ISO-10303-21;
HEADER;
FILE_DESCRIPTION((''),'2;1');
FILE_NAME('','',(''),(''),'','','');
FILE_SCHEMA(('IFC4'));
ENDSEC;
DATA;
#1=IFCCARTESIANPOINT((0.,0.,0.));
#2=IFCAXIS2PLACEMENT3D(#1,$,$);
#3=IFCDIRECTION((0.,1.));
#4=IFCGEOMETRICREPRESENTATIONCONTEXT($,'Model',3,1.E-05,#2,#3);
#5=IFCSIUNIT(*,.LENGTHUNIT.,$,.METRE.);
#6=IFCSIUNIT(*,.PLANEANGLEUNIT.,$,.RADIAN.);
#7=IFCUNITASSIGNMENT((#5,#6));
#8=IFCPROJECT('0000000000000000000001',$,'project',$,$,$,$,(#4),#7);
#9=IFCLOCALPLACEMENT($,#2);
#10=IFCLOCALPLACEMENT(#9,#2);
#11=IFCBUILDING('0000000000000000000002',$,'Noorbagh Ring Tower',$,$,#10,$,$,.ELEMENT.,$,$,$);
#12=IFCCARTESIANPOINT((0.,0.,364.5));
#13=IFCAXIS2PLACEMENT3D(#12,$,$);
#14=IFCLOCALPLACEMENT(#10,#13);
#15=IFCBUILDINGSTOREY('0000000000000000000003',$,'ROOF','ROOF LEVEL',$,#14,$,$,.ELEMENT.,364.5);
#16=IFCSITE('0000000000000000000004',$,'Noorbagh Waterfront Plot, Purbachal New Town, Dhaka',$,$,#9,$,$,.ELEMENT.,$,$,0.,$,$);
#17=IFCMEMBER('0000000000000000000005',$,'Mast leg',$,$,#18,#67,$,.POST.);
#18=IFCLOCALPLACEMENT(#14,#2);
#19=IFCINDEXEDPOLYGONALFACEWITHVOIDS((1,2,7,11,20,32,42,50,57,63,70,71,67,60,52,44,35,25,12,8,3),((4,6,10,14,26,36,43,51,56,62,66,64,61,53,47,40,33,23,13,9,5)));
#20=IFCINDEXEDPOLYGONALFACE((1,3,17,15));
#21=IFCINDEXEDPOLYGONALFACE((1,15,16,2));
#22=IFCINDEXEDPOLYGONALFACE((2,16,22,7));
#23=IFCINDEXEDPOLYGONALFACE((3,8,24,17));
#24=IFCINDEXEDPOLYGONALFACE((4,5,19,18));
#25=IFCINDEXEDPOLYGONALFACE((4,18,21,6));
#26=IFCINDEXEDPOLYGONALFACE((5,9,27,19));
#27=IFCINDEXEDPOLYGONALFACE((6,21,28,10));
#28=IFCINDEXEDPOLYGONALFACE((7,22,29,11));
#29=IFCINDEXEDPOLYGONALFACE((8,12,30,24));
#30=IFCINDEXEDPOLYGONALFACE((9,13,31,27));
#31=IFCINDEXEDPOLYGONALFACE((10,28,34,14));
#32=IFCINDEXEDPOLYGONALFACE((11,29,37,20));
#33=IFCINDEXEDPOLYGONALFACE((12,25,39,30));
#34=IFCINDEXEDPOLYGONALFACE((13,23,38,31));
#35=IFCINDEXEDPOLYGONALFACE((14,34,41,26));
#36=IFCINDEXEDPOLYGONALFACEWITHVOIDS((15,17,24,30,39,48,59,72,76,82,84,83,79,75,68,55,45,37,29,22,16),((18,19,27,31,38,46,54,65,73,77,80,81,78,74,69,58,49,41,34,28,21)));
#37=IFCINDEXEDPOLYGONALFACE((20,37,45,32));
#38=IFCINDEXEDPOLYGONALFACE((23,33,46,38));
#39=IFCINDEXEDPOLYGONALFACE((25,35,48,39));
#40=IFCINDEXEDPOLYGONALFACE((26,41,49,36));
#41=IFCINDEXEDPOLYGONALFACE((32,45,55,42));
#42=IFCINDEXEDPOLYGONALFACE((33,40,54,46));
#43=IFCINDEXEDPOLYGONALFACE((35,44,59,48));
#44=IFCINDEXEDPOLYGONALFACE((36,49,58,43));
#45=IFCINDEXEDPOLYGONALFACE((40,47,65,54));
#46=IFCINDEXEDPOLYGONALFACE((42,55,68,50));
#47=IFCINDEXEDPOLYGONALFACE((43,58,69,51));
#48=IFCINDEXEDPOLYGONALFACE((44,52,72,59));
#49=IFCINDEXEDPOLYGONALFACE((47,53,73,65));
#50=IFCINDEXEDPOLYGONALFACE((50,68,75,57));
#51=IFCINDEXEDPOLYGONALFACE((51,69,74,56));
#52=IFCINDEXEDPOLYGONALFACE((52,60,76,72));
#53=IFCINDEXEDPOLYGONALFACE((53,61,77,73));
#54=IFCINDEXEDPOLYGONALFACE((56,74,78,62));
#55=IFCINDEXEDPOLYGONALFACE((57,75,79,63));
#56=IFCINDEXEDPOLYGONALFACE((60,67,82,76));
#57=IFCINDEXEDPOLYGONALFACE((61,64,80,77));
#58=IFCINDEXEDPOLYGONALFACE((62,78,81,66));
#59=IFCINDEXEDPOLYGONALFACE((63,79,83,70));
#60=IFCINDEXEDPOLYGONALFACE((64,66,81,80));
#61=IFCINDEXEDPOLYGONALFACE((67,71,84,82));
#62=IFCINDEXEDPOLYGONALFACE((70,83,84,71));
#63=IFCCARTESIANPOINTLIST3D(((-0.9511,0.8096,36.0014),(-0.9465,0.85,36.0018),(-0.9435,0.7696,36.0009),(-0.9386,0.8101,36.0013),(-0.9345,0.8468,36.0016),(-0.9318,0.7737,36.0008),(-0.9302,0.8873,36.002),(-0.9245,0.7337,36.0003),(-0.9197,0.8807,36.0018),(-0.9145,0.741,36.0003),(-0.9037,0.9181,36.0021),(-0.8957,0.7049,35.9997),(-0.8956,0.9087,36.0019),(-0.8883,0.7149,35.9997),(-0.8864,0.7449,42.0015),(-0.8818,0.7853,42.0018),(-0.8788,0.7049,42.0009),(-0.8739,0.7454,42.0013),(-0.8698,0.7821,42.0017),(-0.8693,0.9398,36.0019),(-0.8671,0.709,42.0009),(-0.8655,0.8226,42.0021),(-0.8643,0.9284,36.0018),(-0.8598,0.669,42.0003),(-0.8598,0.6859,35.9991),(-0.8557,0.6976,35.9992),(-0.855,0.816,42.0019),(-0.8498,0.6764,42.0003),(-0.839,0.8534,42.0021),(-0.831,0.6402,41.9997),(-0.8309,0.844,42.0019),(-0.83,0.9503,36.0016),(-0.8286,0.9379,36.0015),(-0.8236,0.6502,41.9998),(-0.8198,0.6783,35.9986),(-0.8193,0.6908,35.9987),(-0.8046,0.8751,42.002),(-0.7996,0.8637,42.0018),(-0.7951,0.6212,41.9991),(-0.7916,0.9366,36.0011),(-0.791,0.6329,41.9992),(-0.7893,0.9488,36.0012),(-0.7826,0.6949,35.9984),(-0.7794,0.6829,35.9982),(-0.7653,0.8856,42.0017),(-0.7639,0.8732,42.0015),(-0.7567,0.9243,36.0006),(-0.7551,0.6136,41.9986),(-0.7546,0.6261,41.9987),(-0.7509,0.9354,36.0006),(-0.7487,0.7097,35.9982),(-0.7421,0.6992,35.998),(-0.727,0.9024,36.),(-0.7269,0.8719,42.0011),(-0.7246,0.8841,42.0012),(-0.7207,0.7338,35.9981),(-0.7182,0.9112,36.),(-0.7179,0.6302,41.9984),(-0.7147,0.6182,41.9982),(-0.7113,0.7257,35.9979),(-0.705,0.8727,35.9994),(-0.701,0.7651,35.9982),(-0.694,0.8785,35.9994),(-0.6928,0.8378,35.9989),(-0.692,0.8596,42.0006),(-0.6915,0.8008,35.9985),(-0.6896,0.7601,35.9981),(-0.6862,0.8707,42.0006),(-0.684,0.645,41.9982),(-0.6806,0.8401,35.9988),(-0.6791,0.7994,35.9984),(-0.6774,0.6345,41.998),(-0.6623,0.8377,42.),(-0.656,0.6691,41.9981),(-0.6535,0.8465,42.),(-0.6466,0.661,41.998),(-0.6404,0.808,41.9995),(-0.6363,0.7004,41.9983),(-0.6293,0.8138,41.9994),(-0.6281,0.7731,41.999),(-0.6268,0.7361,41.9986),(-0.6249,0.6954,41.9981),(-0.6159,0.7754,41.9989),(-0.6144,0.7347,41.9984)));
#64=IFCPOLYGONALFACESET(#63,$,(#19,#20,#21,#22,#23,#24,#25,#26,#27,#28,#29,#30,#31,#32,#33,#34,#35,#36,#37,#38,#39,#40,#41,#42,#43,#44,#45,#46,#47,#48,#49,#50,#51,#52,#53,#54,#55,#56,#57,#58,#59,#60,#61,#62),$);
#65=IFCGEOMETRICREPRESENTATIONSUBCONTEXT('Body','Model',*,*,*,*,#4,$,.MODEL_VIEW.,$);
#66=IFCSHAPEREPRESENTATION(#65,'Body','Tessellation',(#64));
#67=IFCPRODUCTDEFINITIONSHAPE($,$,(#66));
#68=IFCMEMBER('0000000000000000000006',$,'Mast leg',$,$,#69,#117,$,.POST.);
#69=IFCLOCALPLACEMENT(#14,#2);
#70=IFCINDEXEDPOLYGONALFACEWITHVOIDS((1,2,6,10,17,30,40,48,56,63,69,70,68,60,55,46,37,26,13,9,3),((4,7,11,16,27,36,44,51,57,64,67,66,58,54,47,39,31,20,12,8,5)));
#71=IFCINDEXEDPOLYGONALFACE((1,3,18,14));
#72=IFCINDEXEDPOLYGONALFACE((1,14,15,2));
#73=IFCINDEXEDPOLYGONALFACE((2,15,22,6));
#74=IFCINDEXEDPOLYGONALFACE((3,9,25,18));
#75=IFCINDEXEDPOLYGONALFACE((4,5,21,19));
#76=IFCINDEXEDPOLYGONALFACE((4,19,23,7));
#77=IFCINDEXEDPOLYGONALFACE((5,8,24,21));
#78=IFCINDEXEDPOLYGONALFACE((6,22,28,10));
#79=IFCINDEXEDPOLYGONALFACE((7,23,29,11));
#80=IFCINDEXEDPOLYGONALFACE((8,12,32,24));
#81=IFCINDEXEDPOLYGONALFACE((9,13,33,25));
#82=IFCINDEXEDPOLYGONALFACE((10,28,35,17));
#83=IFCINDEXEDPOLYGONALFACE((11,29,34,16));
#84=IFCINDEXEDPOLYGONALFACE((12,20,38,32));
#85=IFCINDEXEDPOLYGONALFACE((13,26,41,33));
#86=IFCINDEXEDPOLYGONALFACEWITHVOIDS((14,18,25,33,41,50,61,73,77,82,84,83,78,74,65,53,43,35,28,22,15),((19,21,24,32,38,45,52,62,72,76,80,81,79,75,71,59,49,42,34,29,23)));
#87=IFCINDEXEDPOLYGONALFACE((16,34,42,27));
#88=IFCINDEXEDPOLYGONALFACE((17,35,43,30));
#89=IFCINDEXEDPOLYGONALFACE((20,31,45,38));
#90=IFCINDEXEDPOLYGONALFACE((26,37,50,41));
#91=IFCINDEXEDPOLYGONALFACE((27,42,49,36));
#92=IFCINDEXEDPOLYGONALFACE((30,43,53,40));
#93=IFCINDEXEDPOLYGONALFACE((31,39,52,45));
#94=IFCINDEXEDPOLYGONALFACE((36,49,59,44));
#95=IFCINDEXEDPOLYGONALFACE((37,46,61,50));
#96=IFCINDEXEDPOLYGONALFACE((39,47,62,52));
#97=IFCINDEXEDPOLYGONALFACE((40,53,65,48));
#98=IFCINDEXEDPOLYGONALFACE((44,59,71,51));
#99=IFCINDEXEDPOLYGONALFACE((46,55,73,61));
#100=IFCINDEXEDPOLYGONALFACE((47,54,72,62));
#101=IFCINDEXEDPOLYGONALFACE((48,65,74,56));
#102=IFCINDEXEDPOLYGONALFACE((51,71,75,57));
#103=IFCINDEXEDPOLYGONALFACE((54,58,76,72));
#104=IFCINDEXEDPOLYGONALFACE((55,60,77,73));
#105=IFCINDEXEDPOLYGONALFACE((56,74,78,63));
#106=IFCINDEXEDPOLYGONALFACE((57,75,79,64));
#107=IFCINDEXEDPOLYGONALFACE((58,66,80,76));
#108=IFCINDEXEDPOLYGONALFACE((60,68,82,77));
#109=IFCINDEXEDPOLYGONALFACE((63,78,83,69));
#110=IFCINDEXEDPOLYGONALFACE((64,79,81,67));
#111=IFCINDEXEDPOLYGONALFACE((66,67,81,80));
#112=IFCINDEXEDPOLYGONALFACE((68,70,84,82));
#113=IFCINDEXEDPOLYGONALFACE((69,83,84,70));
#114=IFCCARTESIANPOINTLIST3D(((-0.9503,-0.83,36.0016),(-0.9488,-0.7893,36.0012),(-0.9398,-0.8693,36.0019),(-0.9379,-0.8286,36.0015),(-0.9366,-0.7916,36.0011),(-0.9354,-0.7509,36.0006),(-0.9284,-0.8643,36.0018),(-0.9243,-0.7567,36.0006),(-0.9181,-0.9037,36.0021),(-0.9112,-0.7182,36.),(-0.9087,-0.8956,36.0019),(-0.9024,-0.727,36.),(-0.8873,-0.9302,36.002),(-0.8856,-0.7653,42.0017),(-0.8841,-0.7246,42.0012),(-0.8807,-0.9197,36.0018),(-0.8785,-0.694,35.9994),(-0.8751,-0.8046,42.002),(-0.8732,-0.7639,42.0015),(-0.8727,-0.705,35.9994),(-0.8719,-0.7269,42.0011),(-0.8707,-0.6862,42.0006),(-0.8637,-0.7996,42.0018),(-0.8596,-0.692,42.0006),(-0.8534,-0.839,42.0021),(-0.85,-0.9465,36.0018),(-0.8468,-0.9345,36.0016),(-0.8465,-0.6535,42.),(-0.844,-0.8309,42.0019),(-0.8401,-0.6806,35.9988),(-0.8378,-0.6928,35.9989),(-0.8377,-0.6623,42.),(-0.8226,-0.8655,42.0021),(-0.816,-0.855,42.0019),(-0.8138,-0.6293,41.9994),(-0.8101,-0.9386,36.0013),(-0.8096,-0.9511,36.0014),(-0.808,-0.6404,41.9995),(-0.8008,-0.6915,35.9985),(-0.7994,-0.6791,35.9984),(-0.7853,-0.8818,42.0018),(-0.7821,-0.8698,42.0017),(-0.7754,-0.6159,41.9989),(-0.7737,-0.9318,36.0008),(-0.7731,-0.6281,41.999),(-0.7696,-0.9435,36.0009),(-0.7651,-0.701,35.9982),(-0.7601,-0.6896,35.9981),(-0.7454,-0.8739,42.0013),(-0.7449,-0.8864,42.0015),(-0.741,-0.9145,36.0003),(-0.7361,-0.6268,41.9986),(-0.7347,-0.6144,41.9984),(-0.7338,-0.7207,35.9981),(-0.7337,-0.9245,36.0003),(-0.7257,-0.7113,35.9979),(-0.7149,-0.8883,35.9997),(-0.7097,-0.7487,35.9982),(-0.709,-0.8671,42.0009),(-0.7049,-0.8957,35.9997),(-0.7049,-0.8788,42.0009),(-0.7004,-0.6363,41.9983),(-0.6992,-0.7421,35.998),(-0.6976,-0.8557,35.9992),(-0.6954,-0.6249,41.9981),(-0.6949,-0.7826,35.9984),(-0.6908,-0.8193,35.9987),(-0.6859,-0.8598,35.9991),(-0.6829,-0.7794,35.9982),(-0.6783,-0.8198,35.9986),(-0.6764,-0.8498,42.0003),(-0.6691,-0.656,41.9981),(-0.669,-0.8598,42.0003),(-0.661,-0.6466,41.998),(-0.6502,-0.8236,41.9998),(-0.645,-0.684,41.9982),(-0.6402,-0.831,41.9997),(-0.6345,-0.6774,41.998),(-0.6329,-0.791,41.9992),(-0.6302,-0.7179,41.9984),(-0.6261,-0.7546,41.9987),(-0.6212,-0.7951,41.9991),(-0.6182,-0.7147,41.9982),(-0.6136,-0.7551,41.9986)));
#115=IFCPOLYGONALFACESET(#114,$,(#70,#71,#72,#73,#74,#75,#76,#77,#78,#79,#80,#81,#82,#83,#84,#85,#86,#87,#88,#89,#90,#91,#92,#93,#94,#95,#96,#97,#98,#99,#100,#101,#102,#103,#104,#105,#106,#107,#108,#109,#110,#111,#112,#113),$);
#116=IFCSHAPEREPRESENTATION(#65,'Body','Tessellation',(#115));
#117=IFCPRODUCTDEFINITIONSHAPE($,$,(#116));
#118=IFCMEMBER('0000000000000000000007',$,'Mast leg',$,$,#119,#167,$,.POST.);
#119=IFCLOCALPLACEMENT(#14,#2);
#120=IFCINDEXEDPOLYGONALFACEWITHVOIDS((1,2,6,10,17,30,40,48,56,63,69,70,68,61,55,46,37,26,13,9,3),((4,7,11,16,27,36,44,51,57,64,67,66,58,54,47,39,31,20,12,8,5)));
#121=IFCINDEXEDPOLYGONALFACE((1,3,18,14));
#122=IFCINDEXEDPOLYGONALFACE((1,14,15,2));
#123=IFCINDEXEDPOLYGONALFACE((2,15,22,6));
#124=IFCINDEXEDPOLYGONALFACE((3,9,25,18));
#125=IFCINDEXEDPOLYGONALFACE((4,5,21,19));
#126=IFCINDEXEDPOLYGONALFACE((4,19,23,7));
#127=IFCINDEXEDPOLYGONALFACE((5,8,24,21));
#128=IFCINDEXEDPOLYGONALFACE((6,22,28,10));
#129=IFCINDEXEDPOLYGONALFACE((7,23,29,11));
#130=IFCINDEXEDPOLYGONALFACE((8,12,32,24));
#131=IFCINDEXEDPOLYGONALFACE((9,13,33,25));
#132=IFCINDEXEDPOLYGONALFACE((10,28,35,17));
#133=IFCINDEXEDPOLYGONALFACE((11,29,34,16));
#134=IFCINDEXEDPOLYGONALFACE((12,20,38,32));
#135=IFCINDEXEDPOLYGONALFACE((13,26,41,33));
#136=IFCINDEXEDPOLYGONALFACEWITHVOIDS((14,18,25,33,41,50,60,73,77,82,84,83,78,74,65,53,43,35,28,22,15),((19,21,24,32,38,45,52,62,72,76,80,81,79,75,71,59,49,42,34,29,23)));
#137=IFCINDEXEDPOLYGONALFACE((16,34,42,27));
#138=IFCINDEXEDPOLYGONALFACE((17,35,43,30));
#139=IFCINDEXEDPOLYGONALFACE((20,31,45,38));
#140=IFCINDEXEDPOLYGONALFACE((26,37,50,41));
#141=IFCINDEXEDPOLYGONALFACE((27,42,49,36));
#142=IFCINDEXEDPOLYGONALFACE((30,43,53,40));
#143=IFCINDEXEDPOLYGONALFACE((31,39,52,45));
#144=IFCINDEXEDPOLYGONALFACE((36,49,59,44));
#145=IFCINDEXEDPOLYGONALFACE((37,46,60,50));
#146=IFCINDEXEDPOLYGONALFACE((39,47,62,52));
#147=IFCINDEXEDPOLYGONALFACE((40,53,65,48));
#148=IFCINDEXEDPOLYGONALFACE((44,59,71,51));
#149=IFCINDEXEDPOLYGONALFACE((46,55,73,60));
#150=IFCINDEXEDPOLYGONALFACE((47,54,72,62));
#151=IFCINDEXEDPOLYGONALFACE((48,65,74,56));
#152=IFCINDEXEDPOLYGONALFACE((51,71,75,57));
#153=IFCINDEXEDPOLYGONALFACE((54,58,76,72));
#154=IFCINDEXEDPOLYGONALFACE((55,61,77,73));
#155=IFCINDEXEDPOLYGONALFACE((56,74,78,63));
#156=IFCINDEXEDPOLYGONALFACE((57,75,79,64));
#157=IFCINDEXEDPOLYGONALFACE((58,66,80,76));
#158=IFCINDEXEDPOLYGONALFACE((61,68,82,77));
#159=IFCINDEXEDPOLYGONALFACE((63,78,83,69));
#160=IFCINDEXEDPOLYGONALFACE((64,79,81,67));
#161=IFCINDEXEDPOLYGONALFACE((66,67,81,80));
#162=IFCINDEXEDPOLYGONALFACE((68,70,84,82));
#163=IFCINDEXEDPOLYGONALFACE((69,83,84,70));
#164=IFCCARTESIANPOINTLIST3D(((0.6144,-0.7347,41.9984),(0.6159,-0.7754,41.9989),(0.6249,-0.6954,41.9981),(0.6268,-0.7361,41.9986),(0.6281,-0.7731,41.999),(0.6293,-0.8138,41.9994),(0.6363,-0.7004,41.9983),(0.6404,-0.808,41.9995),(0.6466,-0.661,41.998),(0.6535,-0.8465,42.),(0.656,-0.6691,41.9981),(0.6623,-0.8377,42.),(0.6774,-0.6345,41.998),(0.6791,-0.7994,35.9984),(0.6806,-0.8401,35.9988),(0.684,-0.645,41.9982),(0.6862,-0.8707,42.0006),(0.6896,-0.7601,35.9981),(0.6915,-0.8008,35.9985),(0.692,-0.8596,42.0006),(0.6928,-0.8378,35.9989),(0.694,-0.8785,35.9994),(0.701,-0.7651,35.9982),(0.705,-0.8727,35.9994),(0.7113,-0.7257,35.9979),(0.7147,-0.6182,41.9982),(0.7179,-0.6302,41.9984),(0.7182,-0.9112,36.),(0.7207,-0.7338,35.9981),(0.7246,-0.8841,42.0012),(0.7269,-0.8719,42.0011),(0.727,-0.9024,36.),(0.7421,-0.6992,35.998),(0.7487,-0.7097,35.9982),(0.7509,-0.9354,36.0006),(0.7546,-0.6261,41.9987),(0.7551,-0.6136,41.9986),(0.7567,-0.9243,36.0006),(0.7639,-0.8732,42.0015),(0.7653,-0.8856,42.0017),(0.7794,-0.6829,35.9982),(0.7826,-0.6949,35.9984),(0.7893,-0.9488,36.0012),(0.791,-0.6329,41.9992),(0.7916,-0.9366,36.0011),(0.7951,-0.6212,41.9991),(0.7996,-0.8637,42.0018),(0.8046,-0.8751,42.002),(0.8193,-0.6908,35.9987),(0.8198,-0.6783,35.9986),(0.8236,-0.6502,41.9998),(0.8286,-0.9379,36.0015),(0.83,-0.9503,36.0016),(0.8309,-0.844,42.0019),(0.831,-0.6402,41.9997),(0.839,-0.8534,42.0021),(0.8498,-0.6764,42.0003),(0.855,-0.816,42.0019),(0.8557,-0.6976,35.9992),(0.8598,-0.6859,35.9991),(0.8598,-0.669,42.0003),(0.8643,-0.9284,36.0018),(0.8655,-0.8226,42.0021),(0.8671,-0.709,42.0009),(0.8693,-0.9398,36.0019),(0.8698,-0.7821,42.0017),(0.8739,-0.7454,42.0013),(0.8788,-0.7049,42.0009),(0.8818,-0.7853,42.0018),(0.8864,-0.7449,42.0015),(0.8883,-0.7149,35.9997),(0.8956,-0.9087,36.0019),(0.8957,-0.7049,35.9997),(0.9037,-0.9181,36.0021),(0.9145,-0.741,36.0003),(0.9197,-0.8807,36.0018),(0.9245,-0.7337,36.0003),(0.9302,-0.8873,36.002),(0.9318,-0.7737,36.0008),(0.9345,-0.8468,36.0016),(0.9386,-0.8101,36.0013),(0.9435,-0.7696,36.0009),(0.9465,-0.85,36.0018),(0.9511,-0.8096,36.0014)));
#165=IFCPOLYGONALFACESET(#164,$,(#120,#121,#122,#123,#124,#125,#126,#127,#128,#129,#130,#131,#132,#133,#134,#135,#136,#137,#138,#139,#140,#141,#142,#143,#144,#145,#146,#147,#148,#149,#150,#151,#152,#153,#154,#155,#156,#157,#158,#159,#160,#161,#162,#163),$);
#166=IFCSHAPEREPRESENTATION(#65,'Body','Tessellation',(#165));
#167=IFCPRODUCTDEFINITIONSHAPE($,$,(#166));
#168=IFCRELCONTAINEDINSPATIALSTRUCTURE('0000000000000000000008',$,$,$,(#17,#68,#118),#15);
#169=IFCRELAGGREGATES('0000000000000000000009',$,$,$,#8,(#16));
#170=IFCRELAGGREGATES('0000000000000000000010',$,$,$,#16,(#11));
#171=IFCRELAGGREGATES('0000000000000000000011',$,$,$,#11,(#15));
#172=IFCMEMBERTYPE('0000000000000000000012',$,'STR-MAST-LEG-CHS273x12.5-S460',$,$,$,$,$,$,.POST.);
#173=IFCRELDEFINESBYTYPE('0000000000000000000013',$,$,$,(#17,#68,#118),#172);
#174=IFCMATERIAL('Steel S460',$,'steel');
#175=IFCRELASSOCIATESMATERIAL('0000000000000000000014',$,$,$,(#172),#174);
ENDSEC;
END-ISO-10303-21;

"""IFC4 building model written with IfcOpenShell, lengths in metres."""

from ifc_helpers import new_model, si_unit, direction, frame, origin, origin_2d, place, context, subcontext, project, spatial, hollow_circle, extrude, material, material_profile, profile_set, type_object, element, save


model = new_model("IFC4")

# Units and contexts
model_context = context("Model", 3, precision=1e-05, world=origin(), true_north=direction((0.0, 1.0)))
body_context = subcontext(model_context, "Body", "Model", "MODEL_VIEW")
ifc_project = project(units=[si_unit("LENGTHUNIT", "METRE"), si_unit("PLANEANGLEUNIT", "RADIAN")], contexts=[model_context])

# Site, building, storey
site_placement = place(None, origin())
site = spatial("IfcSite", under=ifc_project, at=site_placement, Name="Noorbagh Waterfront Plot, Purbachal New Town, Dhaka", CompositionType="ELEMENT", RefElevation=0.0)
building_placement = place(site_placement, origin())
building = spatial("IfcBuilding", under=site, at=building_placement, Name="Noorbagh Ring Tower", CompositionType="ELEMENT")
storey_placement = place(building_placement, frame((0.0, 0.0, 364.5)))
storey = spatial("IfcBuildingStorey", under=building, at=storey_placement, Name="ROOF", Description="ROOF LEVEL", CompositionType="ELEMENT", Elevation=364.5)

# Members
ifc_material_1 = material(Name="Steel S460", Category="steel")
ifc_material_profile_1 = material_profile(ifc_material_1, hollow_circle(Radius=0.1365, WallThickness=0.0125, at=origin_2d()), Name="CHS273x12.5")
ifc_profile_set_1 = profile_set([ifc_material_profile_1], Name="Steel S460")
member_type_1 = type_object("IfcMemberType", Name="STR-MAST-LEG-CHS273x12.5-S460", PredefinedType="POST", material=ifc_profile_set_1)
for number, where, z_axis, x_axis, name in (
    (1, (-0.8147, 0.8147, 36.0), (0.010782, -0.010782, 0.999884), (0.707107, 0.707107, 0.0), "Mast leg"),
    (2, (-0.8147, -0.8147, 36.0), (0.010782, 0.010782, 0.999884), (-0.707107, 0.707107, 0.0), "Mast leg"),
    (3, (0.8147, -0.8147, 36.0), (-0.010782, 0.010782, 0.999884), (-0.707107, -0.707107, 0.0), "Mast leg"),
):
    element("IfcMember", number, at=place(storey_placement, frame(where, z_axis=z_axis, x_axis=x_axis)), inside=storey, type_object=member_type_1, Name=name, PredefinedType="POST", context=body_context, shape_type="SweptSolid", body=[
        extrude(hollow_circle(Radius=0.1365, WallThickness=0.0125, at=origin_2d()), origin(), (0.0, 0.0, 1.0), 6.0007),
    ])

save(model, "model.ifc")
